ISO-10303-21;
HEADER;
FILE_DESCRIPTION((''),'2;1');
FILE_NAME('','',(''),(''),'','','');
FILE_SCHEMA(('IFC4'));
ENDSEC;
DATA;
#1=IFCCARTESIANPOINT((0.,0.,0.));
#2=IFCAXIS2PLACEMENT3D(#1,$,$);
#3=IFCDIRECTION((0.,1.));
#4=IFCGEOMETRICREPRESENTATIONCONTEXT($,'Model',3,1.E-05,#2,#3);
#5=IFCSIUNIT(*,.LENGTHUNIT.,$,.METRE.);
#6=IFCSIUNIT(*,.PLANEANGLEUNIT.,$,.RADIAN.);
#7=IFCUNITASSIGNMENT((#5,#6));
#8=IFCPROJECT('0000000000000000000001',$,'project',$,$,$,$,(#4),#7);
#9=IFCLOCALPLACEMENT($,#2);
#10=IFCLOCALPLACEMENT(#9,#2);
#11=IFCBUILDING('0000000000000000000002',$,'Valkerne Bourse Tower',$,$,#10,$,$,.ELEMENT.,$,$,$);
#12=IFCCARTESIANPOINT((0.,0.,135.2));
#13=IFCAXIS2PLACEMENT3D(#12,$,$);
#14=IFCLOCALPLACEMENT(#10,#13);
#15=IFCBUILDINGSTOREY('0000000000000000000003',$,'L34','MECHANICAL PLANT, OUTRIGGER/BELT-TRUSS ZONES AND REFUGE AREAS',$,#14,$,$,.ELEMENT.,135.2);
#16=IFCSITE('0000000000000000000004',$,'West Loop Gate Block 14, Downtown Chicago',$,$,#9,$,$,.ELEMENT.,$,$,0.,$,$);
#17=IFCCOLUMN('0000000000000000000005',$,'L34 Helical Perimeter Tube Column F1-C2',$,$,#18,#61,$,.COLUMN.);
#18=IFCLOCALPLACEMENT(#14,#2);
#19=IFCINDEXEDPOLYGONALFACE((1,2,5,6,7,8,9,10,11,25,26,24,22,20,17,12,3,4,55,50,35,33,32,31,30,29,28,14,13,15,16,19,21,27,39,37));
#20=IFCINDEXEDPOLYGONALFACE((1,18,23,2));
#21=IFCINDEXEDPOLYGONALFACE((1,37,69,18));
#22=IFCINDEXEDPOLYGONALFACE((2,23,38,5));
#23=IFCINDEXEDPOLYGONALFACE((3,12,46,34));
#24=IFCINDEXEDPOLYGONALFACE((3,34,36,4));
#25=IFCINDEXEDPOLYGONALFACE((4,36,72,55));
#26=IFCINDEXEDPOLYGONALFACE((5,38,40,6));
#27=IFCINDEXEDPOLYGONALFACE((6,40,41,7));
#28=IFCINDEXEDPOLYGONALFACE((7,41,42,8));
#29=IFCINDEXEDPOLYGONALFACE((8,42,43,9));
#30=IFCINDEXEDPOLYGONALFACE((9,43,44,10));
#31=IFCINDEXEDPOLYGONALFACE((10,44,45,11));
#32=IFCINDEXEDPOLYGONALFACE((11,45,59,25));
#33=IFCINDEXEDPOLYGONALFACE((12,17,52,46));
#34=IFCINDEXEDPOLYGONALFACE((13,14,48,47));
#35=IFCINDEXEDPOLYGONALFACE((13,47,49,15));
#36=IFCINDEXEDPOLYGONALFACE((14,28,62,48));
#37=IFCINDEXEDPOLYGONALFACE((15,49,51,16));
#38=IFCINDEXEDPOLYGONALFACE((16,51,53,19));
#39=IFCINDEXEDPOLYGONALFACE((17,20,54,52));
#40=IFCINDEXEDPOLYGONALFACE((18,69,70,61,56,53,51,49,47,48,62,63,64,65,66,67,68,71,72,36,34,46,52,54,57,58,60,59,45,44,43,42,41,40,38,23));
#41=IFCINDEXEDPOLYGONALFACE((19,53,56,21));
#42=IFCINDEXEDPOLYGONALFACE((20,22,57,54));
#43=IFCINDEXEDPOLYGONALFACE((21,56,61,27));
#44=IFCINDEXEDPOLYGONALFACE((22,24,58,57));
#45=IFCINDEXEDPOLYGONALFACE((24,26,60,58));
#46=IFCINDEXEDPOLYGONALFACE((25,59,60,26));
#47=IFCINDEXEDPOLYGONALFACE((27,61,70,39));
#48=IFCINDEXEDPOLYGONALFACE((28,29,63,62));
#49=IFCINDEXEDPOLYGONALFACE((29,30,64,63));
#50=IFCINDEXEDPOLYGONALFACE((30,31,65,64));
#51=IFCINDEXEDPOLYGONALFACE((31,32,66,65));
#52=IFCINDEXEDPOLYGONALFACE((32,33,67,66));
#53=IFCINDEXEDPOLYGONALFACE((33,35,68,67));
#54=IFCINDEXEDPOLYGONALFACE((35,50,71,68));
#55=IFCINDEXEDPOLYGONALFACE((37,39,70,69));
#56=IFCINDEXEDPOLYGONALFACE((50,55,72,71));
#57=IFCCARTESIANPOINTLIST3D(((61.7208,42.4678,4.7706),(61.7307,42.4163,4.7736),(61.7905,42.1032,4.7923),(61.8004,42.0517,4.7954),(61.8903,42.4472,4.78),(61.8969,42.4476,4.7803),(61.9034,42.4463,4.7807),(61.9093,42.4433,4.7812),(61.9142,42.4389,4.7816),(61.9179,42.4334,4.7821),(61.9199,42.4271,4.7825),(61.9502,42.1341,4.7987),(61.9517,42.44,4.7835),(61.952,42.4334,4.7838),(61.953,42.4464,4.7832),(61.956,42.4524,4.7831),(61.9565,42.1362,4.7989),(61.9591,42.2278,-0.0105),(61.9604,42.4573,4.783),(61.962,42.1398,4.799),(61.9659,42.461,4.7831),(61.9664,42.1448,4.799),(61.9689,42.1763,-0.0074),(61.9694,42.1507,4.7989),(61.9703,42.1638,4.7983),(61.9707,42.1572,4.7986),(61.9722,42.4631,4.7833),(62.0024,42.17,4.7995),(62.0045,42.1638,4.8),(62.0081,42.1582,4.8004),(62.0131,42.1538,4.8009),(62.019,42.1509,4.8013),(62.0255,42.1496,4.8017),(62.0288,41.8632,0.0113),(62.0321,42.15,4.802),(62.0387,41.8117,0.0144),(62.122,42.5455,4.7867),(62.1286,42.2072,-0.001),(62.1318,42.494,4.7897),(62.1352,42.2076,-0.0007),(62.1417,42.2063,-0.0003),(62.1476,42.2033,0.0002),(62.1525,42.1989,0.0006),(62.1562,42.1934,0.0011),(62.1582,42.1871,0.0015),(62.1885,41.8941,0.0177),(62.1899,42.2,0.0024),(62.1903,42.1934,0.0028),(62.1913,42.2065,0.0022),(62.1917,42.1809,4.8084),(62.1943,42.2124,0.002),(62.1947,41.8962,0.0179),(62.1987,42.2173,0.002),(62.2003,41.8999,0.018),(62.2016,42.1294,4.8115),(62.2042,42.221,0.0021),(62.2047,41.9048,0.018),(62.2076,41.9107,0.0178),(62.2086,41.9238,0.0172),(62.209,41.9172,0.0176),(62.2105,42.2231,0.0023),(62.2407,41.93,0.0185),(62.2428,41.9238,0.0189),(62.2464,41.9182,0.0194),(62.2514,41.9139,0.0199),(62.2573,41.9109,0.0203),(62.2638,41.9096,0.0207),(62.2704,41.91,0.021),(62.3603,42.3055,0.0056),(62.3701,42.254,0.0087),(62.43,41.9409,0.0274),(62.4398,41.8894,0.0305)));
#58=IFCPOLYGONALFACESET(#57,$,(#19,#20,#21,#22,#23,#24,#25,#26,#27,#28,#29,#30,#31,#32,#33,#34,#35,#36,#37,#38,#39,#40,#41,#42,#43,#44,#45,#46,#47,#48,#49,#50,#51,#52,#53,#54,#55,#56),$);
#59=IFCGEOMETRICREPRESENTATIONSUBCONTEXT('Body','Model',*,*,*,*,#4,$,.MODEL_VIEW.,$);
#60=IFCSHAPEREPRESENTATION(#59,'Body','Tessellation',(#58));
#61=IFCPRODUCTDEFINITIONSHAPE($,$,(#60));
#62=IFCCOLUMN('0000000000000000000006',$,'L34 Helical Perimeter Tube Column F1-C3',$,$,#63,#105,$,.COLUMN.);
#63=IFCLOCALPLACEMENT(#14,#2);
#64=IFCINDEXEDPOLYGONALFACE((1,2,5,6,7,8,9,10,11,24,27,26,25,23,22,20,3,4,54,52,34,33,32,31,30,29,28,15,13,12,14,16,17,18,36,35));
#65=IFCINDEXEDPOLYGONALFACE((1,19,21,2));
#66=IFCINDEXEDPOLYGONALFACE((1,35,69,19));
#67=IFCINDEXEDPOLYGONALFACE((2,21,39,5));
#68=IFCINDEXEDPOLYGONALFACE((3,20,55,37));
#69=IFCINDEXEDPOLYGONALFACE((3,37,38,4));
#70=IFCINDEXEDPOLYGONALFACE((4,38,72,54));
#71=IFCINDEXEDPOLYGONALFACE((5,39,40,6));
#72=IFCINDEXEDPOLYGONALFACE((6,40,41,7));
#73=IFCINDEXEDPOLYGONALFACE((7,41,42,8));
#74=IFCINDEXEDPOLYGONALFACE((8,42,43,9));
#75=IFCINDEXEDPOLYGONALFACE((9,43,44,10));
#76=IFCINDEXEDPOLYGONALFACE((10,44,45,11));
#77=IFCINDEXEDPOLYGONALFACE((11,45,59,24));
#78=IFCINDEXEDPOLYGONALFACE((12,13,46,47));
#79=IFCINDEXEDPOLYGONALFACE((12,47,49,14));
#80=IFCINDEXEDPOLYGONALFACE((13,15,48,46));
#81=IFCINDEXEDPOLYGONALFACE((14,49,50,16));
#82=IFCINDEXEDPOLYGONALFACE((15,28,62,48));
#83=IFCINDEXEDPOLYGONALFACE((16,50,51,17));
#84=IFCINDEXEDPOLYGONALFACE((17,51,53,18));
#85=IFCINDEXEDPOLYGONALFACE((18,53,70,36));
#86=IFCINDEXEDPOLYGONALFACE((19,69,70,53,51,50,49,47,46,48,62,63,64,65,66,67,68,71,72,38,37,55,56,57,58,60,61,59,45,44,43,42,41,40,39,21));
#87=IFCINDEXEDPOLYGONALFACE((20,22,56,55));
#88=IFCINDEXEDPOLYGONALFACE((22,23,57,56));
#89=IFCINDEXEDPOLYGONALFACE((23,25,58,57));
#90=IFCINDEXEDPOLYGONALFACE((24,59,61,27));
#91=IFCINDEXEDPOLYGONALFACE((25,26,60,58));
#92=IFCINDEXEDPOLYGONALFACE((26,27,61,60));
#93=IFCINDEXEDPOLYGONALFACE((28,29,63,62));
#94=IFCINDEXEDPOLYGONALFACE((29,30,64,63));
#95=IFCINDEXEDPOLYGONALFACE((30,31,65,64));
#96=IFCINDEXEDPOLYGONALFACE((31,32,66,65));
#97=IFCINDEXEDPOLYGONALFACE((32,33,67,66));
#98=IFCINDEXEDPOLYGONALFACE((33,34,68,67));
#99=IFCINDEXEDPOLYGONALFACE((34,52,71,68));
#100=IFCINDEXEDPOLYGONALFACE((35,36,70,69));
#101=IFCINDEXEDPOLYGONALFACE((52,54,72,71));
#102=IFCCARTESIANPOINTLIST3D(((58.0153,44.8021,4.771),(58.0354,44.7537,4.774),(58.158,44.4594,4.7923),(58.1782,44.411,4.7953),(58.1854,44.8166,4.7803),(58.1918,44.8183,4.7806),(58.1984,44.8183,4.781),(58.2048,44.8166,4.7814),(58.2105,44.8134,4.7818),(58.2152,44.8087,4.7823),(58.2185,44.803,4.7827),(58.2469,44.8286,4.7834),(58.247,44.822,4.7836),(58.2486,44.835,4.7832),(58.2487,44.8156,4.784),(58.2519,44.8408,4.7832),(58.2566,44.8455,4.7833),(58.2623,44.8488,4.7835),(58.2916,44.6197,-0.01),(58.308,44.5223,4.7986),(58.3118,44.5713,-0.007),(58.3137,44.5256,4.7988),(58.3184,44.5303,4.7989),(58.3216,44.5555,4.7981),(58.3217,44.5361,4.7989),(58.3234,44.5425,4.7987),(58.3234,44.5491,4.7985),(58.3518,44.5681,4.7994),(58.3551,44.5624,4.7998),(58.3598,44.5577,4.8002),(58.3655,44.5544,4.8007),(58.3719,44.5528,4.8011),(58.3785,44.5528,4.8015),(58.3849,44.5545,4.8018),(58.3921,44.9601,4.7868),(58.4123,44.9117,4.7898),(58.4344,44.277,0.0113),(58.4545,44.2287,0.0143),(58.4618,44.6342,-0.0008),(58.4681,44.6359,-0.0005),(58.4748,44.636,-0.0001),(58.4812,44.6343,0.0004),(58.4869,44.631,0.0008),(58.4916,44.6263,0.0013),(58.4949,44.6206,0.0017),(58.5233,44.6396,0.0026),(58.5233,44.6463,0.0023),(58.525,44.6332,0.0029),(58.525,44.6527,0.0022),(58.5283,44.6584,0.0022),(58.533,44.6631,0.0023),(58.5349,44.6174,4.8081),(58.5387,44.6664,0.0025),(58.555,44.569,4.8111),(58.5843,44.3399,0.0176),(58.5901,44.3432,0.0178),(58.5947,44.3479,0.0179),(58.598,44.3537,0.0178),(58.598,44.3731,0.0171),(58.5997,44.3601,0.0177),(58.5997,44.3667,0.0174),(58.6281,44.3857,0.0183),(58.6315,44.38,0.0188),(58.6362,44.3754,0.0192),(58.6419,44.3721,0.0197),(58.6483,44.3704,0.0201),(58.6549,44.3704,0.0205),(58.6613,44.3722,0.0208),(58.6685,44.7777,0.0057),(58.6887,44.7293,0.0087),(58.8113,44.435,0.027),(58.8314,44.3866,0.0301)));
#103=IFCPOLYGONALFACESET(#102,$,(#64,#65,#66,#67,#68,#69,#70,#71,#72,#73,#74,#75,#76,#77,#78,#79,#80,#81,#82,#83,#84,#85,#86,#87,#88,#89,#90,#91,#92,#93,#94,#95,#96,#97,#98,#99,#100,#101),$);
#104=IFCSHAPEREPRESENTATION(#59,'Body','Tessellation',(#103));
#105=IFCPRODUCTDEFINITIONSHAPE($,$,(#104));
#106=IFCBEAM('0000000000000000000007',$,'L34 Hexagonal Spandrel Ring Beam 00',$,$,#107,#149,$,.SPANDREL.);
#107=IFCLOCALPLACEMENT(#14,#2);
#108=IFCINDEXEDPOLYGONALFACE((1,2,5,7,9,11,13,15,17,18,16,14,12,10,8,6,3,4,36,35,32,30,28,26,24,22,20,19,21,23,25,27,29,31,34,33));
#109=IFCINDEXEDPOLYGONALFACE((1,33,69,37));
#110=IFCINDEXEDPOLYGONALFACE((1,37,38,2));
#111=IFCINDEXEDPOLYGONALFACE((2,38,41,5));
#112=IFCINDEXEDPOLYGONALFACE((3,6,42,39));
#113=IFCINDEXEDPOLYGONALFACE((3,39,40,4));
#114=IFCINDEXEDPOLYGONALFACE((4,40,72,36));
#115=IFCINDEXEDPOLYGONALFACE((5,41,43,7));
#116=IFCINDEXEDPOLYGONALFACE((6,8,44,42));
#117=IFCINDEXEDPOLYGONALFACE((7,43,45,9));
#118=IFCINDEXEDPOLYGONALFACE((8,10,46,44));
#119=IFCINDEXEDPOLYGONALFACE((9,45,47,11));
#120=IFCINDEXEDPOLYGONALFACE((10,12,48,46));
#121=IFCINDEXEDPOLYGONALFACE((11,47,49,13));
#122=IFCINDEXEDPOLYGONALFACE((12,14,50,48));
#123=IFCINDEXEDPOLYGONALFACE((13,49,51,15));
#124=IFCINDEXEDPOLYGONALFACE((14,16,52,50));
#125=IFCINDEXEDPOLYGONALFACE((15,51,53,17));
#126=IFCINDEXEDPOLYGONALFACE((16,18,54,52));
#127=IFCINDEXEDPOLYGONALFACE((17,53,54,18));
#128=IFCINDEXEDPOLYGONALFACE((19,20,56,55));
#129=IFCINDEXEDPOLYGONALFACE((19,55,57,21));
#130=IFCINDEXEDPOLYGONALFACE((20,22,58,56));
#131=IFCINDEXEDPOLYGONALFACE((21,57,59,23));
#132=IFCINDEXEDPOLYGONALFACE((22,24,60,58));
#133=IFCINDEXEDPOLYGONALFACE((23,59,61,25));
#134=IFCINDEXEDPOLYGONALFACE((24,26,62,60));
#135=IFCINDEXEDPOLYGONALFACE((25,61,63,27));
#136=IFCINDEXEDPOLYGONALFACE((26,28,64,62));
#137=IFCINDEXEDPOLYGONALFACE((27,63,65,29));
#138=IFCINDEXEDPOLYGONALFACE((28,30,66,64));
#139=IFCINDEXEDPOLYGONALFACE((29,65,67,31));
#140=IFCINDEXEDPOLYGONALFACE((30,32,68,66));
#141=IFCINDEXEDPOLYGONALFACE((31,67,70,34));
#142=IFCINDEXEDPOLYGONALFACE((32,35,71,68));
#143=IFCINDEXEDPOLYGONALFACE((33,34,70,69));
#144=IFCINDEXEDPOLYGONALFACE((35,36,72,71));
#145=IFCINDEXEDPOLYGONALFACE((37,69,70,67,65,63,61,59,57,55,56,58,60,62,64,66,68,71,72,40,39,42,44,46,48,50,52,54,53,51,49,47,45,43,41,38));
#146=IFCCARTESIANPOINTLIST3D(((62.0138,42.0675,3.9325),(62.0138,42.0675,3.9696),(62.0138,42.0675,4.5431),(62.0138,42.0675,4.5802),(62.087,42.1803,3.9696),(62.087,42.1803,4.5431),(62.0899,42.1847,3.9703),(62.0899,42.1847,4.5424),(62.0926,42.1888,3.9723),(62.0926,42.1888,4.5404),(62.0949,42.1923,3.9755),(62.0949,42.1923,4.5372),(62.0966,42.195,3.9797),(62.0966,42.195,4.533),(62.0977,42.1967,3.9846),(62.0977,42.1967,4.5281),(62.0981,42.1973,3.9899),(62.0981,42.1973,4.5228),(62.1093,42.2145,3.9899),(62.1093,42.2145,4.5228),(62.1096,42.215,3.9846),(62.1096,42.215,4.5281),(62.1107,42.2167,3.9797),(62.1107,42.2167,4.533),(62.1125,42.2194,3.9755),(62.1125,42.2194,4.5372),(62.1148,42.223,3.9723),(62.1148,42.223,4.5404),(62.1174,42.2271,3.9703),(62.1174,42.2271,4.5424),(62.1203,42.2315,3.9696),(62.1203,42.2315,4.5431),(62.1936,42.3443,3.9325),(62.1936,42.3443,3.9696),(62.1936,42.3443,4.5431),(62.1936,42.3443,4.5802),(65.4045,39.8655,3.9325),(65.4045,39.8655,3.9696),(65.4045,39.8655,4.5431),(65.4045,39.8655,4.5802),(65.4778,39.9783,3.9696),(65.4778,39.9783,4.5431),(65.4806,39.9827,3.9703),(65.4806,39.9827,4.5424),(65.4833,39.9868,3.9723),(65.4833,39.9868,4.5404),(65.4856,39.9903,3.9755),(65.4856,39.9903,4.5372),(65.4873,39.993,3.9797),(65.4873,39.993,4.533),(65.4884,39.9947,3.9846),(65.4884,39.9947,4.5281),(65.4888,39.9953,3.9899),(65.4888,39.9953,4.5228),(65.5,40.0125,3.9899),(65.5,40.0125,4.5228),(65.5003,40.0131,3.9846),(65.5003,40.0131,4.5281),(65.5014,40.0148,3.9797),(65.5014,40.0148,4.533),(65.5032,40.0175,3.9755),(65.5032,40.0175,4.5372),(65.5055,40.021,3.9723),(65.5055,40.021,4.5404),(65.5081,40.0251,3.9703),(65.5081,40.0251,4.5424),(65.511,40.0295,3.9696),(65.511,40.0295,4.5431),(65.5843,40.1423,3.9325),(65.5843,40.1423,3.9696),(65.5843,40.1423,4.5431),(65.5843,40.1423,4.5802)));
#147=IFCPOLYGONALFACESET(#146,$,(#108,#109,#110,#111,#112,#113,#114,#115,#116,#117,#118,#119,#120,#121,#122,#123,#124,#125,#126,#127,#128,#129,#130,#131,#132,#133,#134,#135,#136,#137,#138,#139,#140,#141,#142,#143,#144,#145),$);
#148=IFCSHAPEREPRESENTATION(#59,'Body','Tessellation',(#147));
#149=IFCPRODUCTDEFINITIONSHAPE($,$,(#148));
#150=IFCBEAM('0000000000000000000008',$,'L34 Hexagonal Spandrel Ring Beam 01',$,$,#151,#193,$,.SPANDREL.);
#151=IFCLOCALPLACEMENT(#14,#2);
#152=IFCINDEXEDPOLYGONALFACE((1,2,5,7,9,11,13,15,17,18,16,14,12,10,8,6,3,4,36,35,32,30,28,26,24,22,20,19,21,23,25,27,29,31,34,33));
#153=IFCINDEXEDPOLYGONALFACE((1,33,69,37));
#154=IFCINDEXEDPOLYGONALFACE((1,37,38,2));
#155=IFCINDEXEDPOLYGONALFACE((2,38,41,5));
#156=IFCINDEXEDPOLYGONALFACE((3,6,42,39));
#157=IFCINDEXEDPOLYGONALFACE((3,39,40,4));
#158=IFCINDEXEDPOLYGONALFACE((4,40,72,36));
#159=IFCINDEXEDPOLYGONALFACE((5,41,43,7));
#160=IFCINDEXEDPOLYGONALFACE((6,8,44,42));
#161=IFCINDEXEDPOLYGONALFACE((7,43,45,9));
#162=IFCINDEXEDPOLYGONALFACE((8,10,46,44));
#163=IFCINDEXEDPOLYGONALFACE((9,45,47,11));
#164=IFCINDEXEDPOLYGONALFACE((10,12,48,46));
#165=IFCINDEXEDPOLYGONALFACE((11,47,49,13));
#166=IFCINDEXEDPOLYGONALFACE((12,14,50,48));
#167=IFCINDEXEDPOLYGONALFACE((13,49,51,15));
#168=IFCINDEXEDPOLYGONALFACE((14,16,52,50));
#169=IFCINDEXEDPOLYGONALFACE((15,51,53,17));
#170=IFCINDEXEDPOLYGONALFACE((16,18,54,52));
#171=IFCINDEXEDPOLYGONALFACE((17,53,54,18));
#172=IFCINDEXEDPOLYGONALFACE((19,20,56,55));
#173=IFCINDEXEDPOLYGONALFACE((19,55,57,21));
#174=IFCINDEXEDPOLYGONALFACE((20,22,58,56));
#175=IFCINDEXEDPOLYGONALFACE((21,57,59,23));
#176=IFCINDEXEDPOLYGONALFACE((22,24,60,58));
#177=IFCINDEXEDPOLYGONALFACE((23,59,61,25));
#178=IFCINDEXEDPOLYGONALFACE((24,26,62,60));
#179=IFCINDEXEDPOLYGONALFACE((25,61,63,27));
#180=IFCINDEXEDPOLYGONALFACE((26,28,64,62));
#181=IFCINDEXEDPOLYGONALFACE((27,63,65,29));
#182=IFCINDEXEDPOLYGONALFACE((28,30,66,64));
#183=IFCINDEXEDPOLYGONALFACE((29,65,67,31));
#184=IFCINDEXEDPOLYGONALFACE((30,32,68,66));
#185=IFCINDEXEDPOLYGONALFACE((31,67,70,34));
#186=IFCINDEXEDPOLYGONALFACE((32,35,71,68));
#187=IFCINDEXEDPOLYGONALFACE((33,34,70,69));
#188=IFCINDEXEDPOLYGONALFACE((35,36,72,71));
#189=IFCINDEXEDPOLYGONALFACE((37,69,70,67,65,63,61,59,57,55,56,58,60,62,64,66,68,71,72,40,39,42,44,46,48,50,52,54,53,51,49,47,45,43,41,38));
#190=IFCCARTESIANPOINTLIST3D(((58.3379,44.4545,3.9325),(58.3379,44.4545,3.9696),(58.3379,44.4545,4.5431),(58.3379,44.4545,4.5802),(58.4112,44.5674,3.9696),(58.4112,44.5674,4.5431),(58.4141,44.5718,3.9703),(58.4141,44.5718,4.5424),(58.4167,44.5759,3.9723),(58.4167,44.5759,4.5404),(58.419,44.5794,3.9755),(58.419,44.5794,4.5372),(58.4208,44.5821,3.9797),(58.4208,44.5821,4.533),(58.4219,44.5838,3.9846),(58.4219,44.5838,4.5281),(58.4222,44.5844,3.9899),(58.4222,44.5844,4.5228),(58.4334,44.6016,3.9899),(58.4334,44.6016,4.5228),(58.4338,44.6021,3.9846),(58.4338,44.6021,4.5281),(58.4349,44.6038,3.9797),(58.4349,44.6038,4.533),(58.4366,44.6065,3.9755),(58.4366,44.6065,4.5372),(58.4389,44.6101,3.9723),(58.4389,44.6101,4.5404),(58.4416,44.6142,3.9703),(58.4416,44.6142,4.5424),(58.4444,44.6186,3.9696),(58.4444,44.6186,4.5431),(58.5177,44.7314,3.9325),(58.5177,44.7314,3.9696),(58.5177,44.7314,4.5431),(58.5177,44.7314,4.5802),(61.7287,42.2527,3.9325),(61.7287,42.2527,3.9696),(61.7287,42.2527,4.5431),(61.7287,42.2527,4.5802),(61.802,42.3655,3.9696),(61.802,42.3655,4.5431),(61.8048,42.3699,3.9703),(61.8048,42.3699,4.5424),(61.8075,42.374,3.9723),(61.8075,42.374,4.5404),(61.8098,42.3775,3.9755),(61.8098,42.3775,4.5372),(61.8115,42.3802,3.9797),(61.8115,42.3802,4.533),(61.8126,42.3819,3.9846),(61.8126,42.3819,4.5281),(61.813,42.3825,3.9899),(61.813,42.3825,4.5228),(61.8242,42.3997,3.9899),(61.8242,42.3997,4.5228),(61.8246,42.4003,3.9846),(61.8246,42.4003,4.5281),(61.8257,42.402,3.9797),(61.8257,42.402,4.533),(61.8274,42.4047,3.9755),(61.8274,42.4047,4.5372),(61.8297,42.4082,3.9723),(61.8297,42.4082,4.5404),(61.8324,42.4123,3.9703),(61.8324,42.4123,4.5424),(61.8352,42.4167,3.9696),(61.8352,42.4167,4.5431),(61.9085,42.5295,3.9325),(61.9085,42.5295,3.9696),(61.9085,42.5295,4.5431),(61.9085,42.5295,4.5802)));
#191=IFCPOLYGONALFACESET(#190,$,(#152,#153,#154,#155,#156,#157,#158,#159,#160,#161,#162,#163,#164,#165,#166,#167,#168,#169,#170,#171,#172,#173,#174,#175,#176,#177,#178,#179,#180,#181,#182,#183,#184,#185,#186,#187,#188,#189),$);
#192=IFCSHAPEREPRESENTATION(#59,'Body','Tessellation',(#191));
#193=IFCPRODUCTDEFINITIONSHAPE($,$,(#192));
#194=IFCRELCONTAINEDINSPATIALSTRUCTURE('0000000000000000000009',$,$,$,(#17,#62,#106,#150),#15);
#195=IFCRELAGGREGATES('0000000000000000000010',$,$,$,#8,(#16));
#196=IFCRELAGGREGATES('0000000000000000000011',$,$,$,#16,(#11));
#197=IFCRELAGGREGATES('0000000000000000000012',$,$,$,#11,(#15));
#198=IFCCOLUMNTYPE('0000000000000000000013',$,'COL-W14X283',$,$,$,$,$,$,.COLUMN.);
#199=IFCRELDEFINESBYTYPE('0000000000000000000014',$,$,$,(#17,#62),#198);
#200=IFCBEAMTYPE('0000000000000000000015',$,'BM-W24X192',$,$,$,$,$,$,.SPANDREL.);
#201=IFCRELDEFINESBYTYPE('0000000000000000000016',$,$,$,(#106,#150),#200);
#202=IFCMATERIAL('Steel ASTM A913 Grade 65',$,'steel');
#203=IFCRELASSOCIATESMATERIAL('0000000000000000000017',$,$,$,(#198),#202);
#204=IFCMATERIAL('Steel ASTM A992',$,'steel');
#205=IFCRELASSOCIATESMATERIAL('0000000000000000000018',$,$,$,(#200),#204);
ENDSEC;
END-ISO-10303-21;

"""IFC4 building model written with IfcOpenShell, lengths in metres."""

from ifc_helpers import new_model, si_unit, direction, frame, origin, origin_2d, place, context, subcontext, project, spatial, i_section, extrude, material, material_profile, profile_set, type_object, element, save


model = new_model("IFC4")

# Units and contexts
model_context = context("Model", 3, precision=1e-05, world=origin(), true_north=direction((0.0, 1.0)))
body_context = subcontext(model_context, "Body", "Model", "MODEL_VIEW")
ifc_project = project(units=[si_unit("LENGTHUNIT", "METRE"), si_unit("PLANEANGLEUNIT", "RADIAN")], contexts=[model_context])

# Site, building, storey
site_placement = place(None, origin())
site = spatial("IfcSite", under=ifc_project, at=site_placement, Name="West Loop Gate Block 14, Downtown Chicago", CompositionType="ELEMENT", RefElevation=0.0)
building_placement = place(site_placement, origin())
building = spatial("IfcBuilding", under=site, at=building_placement, Name="Valkerne Bourse Tower", CompositionType="ELEMENT")
storey_placement = place(building_placement, frame((0.0, 0.0, 135.2)))
storey = spatial("IfcBuildingStorey", under=building, at=storey_placement, Name="L34", Description="MECHANICAL PLANT, OUTRIGGER/BELT-TRUSS ZONES AND REFUGE AREAS", CompositionType="ELEMENT", Elevation=135.2)

# Columns
ifc_material_1 = material(Name="Steel ASTM A913 Grade 65", Category="steel")
ifc_material_profile_1 = material_profile(ifc_material_1, i_section(OverallWidth=0.4089, OverallDepth=0.4243, WebThickness=0.0327, FlangeThickness=0.0525, FilletRadius=0.0254, at=origin_2d()), Name="W14X283")
ifc_profile_set_1 = profile_set([ifc_material_profile_1], Name="Steel ASTM A913 Grade 65")
column_type = type_object("IfcColumnType", Name="COL-W14X283", PredefinedType="COLUMN", material=ifc_profile_set_1)
column_1_placement = place(storey_placement, frame((62.1995, 42.0586, 0.01), z_axis=(-0.049715, 0.050071, 0.997508), x_axis=(0.980995, 0.190001, 0.039355)))
element("IfcColumn", 1, at=column_1_placement, inside=storey, type_object=column_type, Name="L34 Helical Perimeter Tube Column F1-C2", PredefinedType="COLUMN", context=body_context, shape_type="SweptSolid", body=[
    extrude(i_section(OverallWidth=0.4089, OverallDepth=0.4243, WebThickness=0.0327, FlangeThickness=0.0525, FilletRadius=0.0254, at=origin_2d()), origin(), (0.0, 0.0, 1.0), 4.793),
])
column_2_placement = place(storey_placement, frame((58.5615, 44.5032, 0.01), z_axis=(-0.057667, 0.038054, 0.99761), x_axis=(0.921564, 0.386309, 0.038535)))
element("IfcColumn", 2, at=column_2_placement, inside=storey, type_object=column_type, Name="L34 Helical Perimeter Tube Column F1-C3", PredefinedType="COLUMN", context=body_context, shape_type="SweptSolid", body=[
    extrude(i_section(OverallWidth=0.4089, OverallDepth=0.4243, WebThickness=0.0327, FlangeThickness=0.0525, FilletRadius=0.0254, at=origin_2d()), origin(), (0.0, 0.0, 1.0), 4.7925),
])

# Beams
ifc_material_2 = material(Name="Steel ASTM A992", Category="steel")
ifc_material_profile_2 = material_profile(ifc_material_2, i_section(OverallWidth=0.3301, OverallDepth=0.6477, WebThickness=0.0205, FlangeThickness=0.0371, FilletRadius=0.0203, at=origin_2d()), Name="W24X192")
ifc_profile_set_2 = profile_set([ifc_material_profile_2], Name="Steel ASTM A992")
beam_type_1 = type_object("IfcBeamType", Name="BM-W24X192", PredefinedType="SPANDREL", material=ifc_profile_set_2)
for number, where, z_axis, x_axis, name in (
    (3, (65.4944, 40.0039, 4.2563), (-0.83867, 0.54464, 0.0), (-0.54464, -0.83867, 0.0), "L34 Hexagonal Spandrel Ring Beam 00"),
    (4, (61.8186, 42.3911, 4.2563), (-0.838688, 0.544613, 0.0), (-0.544613, -0.838688, 0.0), "L34 Hexagonal Spandrel Ring Beam 01"),
):
    element("IfcBeam", number, at=place(storey_placement, frame(where, z_axis=z_axis, x_axis=x_axis)), inside=storey, type_object=beam_type_1, Name=name, PredefinedType="SPANDREL", context=body_context, shape_type="SweptSolid", body=[
        extrude(i_section(OverallWidth=0.3301, OverallDepth=0.6477, WebThickness=0.0205, FlangeThickness=0.0371, FilletRadius=0.0203, at=origin_2d()), origin(), (0.0, 0.0, 1.0), 4.043),
    ])

save(model, "model.ifc")
